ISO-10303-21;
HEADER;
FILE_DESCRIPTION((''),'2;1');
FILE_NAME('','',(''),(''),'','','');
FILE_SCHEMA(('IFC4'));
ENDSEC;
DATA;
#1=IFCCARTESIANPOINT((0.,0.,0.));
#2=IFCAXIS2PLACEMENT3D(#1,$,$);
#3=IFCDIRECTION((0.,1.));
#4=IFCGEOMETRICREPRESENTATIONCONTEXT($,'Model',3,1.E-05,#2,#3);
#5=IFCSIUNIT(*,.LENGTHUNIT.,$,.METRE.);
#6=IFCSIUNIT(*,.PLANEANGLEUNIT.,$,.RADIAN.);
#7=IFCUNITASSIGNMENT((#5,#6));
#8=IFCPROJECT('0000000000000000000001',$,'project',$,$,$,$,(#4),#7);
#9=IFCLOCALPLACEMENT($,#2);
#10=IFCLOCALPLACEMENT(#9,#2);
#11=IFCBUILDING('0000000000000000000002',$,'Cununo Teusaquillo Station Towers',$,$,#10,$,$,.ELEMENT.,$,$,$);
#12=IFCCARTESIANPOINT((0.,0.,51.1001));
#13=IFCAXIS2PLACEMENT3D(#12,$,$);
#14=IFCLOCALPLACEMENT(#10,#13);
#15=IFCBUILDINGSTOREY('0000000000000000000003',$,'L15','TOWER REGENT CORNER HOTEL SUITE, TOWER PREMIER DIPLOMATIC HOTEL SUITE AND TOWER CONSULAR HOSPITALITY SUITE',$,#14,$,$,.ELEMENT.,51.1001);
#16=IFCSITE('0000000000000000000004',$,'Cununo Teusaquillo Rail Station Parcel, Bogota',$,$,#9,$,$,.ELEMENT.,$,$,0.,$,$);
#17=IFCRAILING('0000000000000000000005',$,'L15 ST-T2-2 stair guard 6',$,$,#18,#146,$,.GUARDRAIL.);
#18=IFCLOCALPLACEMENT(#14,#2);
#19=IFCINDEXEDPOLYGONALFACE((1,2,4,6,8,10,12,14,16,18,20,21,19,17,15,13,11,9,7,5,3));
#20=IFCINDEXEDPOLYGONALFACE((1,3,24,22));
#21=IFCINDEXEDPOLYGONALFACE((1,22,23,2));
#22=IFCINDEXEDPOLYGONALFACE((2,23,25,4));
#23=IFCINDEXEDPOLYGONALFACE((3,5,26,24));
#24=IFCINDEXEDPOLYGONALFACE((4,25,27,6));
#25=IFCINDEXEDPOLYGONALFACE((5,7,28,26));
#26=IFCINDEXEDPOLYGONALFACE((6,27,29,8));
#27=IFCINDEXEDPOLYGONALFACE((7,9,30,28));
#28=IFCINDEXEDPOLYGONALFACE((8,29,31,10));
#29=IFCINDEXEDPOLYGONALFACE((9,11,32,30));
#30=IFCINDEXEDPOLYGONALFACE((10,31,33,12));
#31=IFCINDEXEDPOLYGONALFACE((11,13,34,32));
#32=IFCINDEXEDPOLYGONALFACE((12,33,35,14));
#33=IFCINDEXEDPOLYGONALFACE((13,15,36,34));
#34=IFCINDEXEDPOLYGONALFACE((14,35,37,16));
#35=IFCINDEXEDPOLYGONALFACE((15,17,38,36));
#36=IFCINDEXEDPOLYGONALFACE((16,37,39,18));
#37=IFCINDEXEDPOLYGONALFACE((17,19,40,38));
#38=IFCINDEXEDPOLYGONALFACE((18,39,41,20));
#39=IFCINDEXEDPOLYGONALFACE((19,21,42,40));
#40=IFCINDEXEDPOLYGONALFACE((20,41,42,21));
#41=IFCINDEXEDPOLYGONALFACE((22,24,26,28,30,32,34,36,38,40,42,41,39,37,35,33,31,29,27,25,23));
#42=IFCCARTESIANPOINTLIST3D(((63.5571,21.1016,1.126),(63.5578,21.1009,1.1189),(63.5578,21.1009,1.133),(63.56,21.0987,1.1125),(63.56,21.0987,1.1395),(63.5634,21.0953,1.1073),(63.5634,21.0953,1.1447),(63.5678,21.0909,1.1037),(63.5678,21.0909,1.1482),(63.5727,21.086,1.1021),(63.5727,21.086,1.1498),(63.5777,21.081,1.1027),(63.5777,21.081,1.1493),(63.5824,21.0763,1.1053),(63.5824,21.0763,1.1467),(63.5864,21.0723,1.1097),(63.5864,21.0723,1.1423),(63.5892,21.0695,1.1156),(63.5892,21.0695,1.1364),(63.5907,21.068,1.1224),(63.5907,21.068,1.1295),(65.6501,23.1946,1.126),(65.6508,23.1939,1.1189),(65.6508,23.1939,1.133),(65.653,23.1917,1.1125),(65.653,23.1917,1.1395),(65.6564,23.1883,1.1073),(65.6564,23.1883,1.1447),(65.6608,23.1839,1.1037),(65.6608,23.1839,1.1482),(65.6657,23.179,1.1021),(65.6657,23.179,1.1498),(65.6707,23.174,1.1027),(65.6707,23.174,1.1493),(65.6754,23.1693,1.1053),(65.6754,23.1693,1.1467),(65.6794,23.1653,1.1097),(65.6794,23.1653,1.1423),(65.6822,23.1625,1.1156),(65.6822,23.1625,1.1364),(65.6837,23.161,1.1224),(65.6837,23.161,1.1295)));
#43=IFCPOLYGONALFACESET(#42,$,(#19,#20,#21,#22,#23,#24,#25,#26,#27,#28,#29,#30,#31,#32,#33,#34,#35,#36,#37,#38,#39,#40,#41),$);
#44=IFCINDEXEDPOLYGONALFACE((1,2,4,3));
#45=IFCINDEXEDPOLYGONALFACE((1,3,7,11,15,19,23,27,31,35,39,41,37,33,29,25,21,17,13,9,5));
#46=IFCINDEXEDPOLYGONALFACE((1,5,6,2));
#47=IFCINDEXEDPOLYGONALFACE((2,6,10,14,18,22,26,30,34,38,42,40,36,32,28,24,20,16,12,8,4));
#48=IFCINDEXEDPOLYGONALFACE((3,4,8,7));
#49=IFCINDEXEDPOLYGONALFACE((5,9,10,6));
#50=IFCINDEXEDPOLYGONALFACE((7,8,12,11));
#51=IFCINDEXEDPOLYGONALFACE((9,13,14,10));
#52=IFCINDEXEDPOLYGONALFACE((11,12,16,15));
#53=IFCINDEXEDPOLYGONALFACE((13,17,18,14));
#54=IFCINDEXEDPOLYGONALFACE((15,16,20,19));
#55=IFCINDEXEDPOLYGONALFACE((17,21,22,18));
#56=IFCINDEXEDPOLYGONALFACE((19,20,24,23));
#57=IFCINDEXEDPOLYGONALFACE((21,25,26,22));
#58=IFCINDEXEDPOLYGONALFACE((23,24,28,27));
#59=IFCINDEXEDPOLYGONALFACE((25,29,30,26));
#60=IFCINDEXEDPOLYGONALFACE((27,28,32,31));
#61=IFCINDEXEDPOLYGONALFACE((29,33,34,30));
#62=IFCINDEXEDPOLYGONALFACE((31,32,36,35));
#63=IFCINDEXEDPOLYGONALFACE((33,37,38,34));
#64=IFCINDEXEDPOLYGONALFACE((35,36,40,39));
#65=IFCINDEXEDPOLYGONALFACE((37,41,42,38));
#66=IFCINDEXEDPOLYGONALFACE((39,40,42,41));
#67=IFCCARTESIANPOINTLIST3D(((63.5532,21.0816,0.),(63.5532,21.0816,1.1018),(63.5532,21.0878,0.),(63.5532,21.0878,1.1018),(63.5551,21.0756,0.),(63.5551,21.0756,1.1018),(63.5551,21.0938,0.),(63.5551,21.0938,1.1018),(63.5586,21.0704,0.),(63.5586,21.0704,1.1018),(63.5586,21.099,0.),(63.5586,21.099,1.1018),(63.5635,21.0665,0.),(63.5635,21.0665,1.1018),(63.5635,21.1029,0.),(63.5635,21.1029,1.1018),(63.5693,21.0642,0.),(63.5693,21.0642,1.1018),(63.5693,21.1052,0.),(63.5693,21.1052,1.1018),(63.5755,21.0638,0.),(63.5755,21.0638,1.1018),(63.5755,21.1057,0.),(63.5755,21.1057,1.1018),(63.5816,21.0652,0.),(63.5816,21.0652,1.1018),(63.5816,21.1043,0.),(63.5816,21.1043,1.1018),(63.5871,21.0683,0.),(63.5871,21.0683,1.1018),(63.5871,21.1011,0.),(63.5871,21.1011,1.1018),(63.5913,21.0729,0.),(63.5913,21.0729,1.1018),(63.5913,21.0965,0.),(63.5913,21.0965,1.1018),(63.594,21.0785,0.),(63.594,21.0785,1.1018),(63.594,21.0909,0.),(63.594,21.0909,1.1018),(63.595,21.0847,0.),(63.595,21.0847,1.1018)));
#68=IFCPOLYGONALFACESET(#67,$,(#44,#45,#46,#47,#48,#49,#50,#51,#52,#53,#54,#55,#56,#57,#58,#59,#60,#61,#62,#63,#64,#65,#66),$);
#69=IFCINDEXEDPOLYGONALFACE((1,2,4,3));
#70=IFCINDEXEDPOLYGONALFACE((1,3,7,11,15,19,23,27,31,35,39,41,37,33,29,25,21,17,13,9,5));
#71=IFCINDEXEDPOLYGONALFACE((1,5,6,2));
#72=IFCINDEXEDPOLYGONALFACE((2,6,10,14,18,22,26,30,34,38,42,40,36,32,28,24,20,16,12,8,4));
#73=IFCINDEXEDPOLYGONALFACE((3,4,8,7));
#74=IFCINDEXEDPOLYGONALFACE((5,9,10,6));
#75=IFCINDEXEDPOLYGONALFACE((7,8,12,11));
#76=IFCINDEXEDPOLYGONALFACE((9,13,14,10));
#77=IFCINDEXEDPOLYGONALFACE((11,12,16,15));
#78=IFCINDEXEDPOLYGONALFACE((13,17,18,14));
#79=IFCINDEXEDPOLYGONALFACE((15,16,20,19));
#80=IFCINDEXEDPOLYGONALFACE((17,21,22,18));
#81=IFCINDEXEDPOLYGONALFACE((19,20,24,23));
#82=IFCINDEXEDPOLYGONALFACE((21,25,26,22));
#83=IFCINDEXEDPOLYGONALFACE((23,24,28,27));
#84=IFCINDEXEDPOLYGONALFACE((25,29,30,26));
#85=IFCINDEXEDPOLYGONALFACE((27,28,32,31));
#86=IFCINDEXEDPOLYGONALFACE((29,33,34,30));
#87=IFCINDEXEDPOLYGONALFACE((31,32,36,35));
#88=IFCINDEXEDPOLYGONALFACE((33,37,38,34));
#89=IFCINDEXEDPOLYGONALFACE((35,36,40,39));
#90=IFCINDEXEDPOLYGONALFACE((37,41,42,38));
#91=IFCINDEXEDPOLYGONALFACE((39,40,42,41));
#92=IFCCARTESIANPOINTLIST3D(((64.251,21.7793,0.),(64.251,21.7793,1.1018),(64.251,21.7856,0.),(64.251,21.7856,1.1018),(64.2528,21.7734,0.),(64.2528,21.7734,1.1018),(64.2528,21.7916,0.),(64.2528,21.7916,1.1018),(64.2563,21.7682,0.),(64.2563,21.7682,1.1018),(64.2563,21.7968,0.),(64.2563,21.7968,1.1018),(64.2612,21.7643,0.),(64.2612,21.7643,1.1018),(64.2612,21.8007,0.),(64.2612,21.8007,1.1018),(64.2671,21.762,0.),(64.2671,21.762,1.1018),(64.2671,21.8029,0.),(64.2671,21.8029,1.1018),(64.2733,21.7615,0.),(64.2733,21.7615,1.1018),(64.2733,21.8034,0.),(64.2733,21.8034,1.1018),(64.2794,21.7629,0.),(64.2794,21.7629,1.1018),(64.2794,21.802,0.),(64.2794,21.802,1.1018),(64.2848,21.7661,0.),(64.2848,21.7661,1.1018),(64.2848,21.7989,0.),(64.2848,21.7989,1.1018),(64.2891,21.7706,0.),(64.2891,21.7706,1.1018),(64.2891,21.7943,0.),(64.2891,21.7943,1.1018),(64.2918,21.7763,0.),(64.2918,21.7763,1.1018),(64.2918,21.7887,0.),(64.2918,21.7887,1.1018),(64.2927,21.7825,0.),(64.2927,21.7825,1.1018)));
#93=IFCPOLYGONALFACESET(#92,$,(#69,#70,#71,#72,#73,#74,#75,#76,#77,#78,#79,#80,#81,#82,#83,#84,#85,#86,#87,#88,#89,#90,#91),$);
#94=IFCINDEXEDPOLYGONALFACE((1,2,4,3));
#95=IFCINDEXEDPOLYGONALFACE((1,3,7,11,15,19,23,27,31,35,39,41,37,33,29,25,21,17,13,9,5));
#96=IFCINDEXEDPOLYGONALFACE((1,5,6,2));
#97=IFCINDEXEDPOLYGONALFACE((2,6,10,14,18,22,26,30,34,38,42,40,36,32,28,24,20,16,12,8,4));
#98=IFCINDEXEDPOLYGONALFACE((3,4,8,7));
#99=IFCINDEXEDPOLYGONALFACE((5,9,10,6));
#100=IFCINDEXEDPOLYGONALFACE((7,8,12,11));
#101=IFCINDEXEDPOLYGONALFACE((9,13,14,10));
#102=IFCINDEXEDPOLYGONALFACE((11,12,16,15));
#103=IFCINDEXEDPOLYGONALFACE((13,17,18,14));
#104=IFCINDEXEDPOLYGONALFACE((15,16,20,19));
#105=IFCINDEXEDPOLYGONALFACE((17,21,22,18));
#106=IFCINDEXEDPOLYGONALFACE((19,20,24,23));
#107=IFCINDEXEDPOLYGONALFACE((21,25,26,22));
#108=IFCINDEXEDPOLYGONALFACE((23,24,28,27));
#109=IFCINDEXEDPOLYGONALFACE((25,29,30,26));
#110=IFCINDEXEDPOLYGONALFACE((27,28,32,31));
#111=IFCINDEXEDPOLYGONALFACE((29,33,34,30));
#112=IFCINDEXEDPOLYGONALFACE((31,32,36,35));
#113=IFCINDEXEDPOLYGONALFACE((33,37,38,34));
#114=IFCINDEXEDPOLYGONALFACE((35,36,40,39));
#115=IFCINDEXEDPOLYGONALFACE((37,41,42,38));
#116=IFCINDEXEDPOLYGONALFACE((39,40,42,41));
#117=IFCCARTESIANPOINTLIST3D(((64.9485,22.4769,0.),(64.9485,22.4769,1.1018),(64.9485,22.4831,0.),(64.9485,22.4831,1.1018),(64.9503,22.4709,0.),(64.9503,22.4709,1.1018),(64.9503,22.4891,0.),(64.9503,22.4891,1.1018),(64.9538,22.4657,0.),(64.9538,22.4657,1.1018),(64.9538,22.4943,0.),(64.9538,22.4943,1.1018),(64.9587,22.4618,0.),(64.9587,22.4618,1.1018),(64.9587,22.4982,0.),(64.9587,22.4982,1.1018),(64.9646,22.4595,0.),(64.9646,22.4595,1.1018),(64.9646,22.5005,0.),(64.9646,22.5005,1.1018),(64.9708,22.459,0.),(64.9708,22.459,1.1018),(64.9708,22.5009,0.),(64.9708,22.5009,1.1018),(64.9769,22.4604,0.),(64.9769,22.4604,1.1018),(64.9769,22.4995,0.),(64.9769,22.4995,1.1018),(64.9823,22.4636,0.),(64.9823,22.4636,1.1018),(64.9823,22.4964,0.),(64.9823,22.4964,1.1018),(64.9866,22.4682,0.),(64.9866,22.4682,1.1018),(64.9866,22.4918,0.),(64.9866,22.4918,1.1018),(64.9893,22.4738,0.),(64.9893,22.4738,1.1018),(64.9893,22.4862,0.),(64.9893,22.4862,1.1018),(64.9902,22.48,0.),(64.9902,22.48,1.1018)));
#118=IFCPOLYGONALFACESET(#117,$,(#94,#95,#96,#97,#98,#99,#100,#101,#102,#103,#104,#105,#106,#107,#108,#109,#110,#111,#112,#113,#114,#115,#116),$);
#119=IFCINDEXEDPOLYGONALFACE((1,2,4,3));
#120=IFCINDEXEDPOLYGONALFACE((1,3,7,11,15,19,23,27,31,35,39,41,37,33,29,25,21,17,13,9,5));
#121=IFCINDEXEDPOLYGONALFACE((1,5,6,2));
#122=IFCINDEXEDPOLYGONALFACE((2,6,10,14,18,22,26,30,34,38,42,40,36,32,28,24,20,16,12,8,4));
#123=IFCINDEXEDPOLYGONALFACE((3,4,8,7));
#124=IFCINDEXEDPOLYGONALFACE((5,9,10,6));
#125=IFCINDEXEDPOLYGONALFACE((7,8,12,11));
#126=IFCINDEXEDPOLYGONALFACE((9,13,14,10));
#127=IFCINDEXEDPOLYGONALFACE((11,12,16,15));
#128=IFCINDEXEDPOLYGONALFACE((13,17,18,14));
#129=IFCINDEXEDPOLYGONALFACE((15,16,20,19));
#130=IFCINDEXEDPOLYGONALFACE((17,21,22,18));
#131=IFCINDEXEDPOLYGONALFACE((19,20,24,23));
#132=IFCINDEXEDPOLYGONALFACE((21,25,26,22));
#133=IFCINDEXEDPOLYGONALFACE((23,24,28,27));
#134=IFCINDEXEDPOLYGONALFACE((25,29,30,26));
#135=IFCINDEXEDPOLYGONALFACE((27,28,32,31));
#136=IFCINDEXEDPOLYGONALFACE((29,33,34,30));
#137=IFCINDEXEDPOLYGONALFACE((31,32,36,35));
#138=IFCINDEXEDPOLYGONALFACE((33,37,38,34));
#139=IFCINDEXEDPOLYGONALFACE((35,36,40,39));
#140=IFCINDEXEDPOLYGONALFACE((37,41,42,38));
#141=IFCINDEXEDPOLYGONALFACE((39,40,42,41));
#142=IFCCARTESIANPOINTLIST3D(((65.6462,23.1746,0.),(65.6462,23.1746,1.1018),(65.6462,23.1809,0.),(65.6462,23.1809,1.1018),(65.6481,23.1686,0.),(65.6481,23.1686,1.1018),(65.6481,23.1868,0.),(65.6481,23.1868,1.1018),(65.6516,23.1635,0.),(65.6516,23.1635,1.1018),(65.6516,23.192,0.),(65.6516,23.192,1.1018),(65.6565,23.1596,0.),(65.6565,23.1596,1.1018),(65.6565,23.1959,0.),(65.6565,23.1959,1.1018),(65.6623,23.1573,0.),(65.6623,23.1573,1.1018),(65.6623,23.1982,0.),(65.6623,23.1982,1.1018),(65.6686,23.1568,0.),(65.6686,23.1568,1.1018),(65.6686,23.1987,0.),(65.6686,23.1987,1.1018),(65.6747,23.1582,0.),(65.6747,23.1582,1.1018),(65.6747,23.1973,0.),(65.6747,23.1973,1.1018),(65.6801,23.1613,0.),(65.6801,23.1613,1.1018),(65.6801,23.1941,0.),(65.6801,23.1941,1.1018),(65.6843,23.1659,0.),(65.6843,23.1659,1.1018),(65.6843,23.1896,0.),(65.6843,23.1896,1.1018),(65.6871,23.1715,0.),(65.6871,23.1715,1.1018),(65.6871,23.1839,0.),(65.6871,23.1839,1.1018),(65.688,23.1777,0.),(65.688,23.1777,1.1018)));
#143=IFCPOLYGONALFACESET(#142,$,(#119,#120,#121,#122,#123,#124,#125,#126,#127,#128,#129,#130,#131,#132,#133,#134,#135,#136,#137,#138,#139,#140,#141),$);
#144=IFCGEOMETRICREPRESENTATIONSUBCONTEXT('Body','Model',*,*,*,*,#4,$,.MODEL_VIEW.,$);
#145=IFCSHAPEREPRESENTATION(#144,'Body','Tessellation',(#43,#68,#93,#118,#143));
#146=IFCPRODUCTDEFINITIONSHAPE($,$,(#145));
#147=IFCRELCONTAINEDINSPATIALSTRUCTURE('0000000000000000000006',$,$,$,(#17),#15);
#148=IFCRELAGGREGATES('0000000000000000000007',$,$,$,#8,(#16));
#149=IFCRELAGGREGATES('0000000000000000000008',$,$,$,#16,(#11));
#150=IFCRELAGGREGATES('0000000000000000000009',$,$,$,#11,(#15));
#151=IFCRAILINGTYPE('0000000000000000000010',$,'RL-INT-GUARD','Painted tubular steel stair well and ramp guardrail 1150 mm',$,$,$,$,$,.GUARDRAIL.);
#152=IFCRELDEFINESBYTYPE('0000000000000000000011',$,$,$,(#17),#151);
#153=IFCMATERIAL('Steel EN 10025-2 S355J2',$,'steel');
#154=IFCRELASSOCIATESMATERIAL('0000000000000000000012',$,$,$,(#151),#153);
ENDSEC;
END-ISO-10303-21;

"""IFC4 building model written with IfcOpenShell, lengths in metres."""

from ifc_helpers import new_model, si_unit, direction, frame, origin, origin_2d, place, context, subcontext, project, spatial, circle, extrude, material, type_object, element, save


model = new_model("IFC4")

# Units and contexts
model_context = context("Model", 3, precision=1e-05, world=origin(), true_north=direction((0.0, 1.0)))
body_context = subcontext(model_context, "Body", "Model", "MODEL_VIEW")
ifc_project = project(units=[si_unit("LENGTHUNIT", "METRE"), si_unit("PLANEANGLEUNIT", "RADIAN")], contexts=[model_context])

# Site, building, storey
site_placement = place(None, origin())
site = spatial("IfcSite", under=ifc_project, at=site_placement, Name="Cununo Teusaquillo Rail Station Parcel, Bogota", CompositionType="ELEMENT", RefElevation=0.0)
building_placement = place(site_placement, origin())
building = spatial("IfcBuilding", under=site, at=building_placement, Name="Cununo Teusaquillo Station Towers", CompositionType="ELEMENT")
storey_placement = place(building_placement, frame((0.0, 0.0, 51.1001)))
storey = spatial("IfcBuildingStorey", under=building, at=storey_placement, Name="L15", Description="TOWER REGENT CORNER HOTEL SUITE, TOWER PREMIER DIPLOMATIC HOTEL SUITE AND TOWER CONSULAR HOSPITALITY SUITE", CompositionType="ELEMENT", Elevation=51.1001)

# Railing
ifc_material_1 = material(Name="Steel EN 10025-2 S355J2", Category="steel")
railing_type = type_object("IfcRailingType", Name="RL-INT-GUARD", Description="Painted tubular steel stair well and ramp guardrail 1150 mm", PredefinedType="GUARDRAIL", material=ifc_material_1)
railing_1_placement = place(storey_placement, frame((63.574, 21.0847, 0.0)))
element("IfcRailing", 1, at=railing_1_placement, inside=storey, type_object=railing_type, Name="L15 ST-T2-2 stair guard 6", PredefinedType="GUARDRAIL", context=body_context, shape_type="SweptSolid", body=[
    extrude(circle(Radius=0.0239, at=origin_2d()), frame((0.0, 0.0, 1.126), z_axis=(0.707107, 0.707107, 0.0), x_axis=(-0.707107, 0.707107, 0.0)), (0.0, 0.0, 1.0), 2.96),
    extrude(circle(Radius=0.021, at=origin_2d()), origin(), (0.0, 0.0, 1.0), 1.1018),
    extrude(circle(Radius=0.021, at=origin_2d()), frame((0.6978, 0.6978, 0.0)), (0.0, 0.0, 1.0), 1.1018),
    extrude(circle(Radius=0.021, at=origin_2d()), frame((1.3953, 1.3953, 0.0)), (0.0, 0.0, 1.0), 1.1018),
    extrude(circle(Radius=0.021, at=origin_2d()), frame((2.093, 2.093, 0.0)), (0.0, 0.0, 1.0), 1.1018),
])

save(model, "model.ifc")
